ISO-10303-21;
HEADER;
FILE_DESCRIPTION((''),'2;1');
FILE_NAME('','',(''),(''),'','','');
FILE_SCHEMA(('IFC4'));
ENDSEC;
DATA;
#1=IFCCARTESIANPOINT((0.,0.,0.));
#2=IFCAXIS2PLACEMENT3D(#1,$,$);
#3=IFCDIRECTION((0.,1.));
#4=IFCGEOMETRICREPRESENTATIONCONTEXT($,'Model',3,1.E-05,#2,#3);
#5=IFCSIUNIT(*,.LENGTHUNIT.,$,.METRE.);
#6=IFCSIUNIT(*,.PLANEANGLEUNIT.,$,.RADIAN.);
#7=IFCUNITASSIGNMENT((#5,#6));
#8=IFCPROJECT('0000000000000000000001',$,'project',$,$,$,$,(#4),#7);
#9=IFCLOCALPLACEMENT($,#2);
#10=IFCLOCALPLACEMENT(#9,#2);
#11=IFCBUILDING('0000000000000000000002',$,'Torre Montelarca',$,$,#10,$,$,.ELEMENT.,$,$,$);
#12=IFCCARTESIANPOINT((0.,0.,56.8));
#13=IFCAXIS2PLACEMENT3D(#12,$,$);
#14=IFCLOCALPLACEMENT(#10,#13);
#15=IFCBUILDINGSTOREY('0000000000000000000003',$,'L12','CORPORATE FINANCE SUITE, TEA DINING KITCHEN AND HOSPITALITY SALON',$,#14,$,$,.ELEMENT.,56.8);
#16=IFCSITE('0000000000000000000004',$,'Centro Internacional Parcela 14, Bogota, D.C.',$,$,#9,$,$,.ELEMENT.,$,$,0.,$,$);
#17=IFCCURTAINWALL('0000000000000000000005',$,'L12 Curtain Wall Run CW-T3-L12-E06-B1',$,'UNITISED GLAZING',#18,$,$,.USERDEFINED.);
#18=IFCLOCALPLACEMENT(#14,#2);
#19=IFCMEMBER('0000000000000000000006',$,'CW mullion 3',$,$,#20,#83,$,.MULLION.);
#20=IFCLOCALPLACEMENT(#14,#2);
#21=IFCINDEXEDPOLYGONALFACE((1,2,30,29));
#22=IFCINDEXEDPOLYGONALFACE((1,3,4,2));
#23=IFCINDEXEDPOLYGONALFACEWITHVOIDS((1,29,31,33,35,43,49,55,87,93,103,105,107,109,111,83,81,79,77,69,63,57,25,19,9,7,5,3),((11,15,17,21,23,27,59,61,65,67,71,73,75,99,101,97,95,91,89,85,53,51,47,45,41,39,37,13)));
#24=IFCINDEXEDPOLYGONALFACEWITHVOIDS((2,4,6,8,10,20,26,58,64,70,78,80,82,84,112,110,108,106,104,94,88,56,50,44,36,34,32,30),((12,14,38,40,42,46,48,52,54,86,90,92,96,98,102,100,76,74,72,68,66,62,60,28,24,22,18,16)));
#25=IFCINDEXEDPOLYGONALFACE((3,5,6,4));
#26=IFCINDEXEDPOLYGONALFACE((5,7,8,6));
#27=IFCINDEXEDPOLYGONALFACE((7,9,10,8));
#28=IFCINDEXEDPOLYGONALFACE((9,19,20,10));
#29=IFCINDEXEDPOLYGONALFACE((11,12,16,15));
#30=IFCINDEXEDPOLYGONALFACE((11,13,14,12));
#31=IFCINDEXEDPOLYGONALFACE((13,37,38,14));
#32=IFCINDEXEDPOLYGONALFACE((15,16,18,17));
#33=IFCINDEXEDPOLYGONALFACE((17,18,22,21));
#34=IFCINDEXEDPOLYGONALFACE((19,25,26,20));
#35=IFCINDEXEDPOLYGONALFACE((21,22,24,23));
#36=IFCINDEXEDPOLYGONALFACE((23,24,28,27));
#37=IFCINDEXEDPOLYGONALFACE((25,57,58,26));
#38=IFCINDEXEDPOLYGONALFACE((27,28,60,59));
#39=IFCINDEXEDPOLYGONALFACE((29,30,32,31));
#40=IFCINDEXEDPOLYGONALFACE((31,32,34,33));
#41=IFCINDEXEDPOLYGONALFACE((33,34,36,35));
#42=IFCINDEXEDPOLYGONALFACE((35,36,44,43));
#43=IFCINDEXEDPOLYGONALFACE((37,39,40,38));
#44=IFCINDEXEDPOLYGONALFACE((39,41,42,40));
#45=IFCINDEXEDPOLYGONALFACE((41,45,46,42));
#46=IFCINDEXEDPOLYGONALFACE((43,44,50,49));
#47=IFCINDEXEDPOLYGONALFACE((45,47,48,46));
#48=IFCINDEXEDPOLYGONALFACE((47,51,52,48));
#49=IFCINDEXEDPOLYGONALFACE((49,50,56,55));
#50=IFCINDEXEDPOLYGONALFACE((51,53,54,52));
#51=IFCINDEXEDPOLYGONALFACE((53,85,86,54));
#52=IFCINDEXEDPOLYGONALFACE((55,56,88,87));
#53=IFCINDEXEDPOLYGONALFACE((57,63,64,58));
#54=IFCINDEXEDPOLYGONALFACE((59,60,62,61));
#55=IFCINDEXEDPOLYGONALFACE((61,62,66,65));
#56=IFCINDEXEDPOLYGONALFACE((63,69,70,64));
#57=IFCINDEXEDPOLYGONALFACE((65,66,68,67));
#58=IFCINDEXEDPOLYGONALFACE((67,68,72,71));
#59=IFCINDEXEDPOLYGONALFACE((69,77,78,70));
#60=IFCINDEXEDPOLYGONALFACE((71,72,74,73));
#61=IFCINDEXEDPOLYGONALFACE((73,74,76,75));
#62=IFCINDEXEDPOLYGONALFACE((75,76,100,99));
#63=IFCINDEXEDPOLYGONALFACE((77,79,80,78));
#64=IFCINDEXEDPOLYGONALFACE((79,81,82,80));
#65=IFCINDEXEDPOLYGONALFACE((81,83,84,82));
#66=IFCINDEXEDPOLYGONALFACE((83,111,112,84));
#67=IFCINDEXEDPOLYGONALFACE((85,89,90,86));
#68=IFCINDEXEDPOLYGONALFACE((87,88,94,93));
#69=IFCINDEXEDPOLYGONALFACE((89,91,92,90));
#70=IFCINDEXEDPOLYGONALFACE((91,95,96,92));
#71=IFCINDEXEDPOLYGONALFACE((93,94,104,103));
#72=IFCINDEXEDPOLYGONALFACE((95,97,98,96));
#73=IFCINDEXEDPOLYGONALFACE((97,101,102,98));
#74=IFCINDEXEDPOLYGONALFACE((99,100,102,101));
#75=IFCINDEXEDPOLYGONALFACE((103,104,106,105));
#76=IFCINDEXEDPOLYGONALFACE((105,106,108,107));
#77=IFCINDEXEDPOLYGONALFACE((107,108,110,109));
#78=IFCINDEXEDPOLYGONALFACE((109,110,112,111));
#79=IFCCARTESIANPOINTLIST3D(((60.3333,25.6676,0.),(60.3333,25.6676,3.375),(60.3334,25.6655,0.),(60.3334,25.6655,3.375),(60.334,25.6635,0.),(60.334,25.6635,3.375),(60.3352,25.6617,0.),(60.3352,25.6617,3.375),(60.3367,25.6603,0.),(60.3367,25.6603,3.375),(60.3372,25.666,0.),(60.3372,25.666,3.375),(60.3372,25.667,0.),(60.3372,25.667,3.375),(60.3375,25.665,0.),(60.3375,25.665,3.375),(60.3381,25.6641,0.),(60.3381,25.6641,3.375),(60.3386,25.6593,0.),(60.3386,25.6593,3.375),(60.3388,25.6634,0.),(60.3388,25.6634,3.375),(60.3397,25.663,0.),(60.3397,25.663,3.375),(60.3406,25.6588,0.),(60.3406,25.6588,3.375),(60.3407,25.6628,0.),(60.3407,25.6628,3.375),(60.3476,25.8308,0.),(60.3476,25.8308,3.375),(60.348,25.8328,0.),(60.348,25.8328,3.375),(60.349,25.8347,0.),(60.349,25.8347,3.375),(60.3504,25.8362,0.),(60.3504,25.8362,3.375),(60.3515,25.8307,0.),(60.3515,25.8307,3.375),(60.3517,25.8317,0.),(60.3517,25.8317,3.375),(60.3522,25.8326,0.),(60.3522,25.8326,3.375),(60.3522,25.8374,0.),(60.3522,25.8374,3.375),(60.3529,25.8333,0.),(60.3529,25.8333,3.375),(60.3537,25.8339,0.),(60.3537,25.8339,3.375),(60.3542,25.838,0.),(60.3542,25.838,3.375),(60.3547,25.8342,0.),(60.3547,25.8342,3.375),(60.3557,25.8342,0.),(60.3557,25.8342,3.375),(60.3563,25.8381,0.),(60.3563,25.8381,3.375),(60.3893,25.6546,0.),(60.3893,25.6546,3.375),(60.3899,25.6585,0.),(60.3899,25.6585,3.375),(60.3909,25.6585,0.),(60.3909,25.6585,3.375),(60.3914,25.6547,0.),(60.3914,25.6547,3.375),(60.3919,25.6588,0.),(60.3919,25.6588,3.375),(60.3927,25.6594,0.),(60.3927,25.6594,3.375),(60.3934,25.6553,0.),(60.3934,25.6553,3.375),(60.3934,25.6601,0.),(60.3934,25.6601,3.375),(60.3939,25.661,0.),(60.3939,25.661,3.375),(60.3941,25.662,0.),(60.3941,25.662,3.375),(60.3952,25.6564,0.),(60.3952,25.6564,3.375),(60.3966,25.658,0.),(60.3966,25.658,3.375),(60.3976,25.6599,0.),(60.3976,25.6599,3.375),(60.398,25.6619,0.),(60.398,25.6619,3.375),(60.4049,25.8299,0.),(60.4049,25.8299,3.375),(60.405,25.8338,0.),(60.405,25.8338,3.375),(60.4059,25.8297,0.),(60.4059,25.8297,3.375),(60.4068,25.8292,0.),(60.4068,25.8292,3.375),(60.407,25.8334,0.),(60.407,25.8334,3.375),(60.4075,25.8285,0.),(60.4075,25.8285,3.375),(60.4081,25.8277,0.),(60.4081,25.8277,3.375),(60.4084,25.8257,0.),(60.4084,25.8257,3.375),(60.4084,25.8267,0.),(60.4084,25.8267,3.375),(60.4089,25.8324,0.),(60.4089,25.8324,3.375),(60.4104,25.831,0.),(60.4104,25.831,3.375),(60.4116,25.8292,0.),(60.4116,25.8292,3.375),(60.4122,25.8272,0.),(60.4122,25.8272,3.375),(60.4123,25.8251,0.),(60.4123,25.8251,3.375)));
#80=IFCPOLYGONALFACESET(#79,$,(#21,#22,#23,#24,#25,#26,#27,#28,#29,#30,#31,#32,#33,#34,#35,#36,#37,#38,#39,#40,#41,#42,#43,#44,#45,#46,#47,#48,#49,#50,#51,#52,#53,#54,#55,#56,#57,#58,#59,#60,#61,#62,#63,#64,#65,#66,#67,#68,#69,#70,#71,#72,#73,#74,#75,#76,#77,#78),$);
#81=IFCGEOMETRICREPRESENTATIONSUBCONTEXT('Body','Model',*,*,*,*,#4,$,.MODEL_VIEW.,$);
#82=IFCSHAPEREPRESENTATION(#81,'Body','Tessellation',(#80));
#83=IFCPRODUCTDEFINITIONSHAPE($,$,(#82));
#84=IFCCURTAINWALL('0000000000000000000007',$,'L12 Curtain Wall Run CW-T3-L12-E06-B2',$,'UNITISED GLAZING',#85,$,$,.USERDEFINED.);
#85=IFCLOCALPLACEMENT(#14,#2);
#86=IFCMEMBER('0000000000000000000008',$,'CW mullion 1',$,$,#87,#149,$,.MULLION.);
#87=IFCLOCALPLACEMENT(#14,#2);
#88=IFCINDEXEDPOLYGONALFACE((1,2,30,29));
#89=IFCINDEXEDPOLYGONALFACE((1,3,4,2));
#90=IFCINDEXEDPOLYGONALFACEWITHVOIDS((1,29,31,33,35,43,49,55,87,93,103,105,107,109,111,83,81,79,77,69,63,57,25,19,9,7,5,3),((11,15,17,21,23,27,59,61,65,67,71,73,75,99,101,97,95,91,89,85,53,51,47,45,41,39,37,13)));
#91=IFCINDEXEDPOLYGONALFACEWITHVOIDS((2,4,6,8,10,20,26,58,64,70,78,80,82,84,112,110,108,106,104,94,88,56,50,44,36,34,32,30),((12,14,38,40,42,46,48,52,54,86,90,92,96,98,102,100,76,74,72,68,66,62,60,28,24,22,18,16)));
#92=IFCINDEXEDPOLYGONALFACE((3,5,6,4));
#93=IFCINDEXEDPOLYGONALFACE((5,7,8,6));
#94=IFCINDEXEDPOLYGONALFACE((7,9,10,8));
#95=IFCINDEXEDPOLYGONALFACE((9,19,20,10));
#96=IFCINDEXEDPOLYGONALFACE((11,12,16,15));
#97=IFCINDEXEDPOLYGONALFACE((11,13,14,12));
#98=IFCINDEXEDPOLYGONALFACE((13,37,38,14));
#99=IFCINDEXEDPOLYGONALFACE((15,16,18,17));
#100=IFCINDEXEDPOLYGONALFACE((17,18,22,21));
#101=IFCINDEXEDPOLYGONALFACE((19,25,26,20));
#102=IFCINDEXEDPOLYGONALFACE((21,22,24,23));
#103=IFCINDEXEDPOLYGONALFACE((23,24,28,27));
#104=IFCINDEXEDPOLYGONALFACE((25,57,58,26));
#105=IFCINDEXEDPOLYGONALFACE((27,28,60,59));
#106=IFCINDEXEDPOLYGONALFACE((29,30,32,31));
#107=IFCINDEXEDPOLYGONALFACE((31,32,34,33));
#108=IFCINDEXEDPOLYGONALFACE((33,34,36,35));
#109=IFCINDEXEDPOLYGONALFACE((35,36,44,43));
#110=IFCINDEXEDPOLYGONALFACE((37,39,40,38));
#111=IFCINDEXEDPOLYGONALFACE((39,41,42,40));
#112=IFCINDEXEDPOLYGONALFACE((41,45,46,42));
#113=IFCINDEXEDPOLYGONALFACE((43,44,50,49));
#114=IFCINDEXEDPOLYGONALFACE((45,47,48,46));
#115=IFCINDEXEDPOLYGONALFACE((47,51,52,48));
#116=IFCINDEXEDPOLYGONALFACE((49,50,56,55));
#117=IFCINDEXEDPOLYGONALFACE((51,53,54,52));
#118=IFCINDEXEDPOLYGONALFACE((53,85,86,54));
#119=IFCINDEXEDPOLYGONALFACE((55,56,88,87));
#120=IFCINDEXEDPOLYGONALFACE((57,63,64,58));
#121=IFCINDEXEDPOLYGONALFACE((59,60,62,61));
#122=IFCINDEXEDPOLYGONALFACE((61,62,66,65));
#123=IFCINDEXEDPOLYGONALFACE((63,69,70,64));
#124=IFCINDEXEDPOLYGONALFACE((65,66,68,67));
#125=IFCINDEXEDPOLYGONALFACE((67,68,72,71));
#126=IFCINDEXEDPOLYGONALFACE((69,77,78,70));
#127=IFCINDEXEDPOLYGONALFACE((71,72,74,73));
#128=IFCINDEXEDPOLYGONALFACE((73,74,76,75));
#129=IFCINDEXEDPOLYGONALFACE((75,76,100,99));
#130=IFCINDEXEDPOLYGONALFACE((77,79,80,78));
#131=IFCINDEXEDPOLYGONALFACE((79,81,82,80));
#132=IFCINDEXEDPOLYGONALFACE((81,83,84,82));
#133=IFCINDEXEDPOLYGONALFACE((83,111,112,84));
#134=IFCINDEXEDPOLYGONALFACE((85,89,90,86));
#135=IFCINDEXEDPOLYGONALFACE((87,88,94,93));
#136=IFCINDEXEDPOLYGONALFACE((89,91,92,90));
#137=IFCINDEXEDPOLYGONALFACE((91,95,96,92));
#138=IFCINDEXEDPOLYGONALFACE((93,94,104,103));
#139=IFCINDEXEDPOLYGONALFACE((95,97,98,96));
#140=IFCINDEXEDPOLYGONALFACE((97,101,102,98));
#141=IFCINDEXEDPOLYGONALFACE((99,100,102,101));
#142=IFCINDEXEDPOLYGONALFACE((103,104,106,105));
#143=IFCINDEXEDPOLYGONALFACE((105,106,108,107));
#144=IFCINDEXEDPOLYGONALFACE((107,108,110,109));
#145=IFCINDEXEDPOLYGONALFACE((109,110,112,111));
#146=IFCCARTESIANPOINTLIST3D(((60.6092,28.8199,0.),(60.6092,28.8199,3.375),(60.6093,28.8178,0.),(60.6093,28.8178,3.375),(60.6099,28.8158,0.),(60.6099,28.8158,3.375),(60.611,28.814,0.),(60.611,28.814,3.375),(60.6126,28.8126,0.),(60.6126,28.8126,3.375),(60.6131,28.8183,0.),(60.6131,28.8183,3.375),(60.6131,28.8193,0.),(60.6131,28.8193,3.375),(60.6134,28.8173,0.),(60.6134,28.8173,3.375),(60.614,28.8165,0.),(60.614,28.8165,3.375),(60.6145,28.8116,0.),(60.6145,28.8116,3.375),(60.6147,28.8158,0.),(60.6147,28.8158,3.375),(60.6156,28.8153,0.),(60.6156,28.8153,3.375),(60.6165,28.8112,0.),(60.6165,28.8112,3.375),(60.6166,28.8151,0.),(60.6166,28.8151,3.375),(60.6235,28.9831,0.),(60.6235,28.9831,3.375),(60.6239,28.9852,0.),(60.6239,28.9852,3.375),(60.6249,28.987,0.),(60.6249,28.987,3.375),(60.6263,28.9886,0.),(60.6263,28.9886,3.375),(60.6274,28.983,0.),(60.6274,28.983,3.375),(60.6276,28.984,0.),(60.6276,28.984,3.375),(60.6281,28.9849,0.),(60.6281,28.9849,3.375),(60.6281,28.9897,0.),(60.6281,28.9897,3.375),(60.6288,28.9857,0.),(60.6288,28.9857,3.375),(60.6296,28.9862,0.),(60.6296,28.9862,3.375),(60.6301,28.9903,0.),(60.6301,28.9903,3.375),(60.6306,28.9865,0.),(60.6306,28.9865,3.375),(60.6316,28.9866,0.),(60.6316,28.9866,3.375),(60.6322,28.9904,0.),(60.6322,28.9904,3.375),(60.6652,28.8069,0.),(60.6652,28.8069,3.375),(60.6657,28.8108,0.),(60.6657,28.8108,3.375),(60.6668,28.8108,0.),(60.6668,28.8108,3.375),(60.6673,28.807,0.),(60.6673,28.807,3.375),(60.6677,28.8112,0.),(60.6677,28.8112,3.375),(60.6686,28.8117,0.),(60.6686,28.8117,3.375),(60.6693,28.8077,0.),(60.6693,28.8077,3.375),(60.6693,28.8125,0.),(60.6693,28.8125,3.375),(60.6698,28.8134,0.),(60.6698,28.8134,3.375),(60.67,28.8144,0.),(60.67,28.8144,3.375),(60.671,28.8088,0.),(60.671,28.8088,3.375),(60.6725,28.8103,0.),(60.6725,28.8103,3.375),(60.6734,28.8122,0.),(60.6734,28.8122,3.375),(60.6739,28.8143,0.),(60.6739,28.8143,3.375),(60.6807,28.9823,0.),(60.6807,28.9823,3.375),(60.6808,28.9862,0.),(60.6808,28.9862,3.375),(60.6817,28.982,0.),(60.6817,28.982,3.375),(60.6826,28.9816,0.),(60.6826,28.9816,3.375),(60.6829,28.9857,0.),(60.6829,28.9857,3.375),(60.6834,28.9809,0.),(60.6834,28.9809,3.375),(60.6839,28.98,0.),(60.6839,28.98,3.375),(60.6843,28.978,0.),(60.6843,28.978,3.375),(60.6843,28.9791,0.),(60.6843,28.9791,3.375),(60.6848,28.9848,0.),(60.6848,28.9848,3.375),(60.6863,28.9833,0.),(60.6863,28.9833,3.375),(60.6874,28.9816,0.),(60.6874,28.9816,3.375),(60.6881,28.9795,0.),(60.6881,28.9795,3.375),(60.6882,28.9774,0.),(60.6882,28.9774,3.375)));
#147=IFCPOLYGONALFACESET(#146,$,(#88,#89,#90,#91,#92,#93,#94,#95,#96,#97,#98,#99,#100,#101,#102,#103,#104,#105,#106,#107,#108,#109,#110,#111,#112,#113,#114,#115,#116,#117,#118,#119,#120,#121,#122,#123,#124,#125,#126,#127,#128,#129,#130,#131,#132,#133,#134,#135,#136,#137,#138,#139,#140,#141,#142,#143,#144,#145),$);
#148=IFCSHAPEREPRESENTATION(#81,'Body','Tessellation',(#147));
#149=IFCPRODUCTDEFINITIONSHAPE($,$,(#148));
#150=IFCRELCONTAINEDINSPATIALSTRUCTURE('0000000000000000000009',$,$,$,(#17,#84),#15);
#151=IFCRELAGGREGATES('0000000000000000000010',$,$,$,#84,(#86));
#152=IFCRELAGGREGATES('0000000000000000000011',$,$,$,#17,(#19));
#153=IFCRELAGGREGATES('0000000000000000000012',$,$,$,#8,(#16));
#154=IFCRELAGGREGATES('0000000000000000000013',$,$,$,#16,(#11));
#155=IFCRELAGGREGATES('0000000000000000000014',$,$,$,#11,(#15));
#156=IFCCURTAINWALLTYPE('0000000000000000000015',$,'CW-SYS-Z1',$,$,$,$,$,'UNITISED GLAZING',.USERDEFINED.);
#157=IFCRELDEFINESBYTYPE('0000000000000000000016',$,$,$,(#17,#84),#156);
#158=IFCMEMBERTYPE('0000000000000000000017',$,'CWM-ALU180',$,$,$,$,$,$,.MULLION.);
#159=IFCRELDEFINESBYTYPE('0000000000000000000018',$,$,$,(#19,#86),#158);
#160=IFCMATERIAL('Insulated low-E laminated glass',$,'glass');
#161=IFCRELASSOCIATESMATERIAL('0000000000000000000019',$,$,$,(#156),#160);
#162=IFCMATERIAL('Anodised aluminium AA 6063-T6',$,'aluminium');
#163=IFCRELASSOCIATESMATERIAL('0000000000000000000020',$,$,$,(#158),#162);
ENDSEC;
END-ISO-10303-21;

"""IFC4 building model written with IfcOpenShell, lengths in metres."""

from ifc_helpers import new_model, si_unit, direction, frame, origin, origin_2d, place, context, subcontext, project, spatial, hollow_rectangle, extrude, source, transform, mapped, material, material_profile, profile_set, type_object, element, aggregate, save


model = new_model("IFC4")

# Units and contexts
model_context = context("Model", 3, precision=1e-05, world=origin(), true_north=direction((0.0, 1.0)))
body_context = subcontext(model_context, "Body", "Model", "MODEL_VIEW")
ifc_project = project(units=[si_unit("LENGTHUNIT", "METRE"), si_unit("PLANEANGLEUNIT", "RADIAN")], contexts=[model_context])

# Site, building, storey
site_placement = place(None, origin())
site = spatial("IfcSite", under=ifc_project, at=site_placement, Name="Centro Internacional Parcela 14, Bogota, D.C.", CompositionType="ELEMENT", RefElevation=0.0)
building_placement = place(site_placement, origin())
building = spatial("IfcBuilding", under=site, at=building_placement, Name="Torre Montelarca", CompositionType="ELEMENT")
storey_placement = place(building_placement, frame((0.0, 0.0, 56.8)))
storey = spatial("IfcBuildingStorey", under=building, at=storey_placement, Name="L12", Description="CORPORATE FINANCE SUITE, TEA DINING KITCHEN AND HOSPITALITY SALON", CompositionType="ELEMENT", Elevation=56.8)

# Shared definitions
ifc_material_1 = material(Name="Insulated low-E laminated glass", Category="glass")
curtain_wall_type = type_object("IfcCurtainWallType", Name="CW-SYS-Z1", ElementType="UNITISED GLAZING", PredefinedType="USERDEFINED", material=ifc_material_1)
ifc_material_2 = material(Name="Anodised aluminium AA 6063-T6", Category="aluminium")
ifc_material_profile_1 = material_profile(ifc_material_2, hollow_rectangle(XDim=0.0649, YDim=0.1799, WallThickness=0.0039, InnerFilletRadius=0.0039, OuterFilletRadius=0.0081, at=origin_2d()), Name="ALU65X180X4", Category="aluminium")
ifc_profile_set_1 = profile_set([ifc_material_profile_1], Name="Anodised aluminium AA 6063-T6")
member_type_1 = type_object("IfcMemberType", Name="CWM-ALU180", PredefinedType="MULLION", material=ifc_profile_set_1)

# Curtain wall, member
curtain_wall_1_placement = place(storey_placement, origin())
curtain_wall_1 = element("IfcCurtainWall", 1, at=curtain_wall_1_placement, inside=storey, type_object=curtain_wall_type, Name="L12 Curtain Wall Run CW-T3-L12-E06-B1", ObjectType="UNITISED GLAZING", PredefinedType="USERDEFINED")
shared_shape_1 = source(origin(), body_context, "Body", "SweptSolid", [
    extrude(hollow_rectangle(XDim=0.0649, YDim=0.1799, WallThickness=0.0039, InnerFilletRadius=0.0039, OuterFilletRadius=0.0081, at=origin_2d()), origin(), (0.0, 0.0, 1.0), 3.375),
])
member_1_placement = place(storey_placement, frame((60.3728, 25.7463, 0.0), z_axis=(0.0, 0.0, 1.0), x_axis=(-0.996195, 0.087156, 0.0)))
member_1 = element("IfcMember", 2, at=member_1_placement, type_object=member_type_1, Name="CW mullion 3", PredefinedType="MULLION", context=body_context, shape_type="MappedRepresentation", body=[
    mapped(shared_shape_1, transform((0.0, 0.0, 0.0), scale=1.0)),
])

# Curtain wall, member
curtain_wall_2_placement = place(storey_placement, origin())
curtain_wall_2 = element("IfcCurtainWall", 3, at=curtain_wall_2_placement, inside=storey, type_object=curtain_wall_type, Name="L12 Curtain Wall Run CW-T3-L12-E06-B2", ObjectType="UNITISED GLAZING", PredefinedType="USERDEFINED")
member_2_placement = place(storey_placement, frame((60.6487, 28.8987, 0.0), z_axis=(0.0, 0.0, 1.0), x_axis=(-0.996193, 0.087174, 0.0)))
member_2 = element("IfcMember", 4, at=member_2_placement, type_object=member_type_1, Name="CW mullion 1", PredefinedType="MULLION", context=body_context, shape_type="MappedRepresentation", body=[
    mapped(shared_shape_1, transform((0.0, 0.0, 0.0), scale=1.0)),
])

aggregate(curtain_wall_2, [member_2])

aggregate(curtain_wall_1, [member_1])

save(model, "model.ifc")
